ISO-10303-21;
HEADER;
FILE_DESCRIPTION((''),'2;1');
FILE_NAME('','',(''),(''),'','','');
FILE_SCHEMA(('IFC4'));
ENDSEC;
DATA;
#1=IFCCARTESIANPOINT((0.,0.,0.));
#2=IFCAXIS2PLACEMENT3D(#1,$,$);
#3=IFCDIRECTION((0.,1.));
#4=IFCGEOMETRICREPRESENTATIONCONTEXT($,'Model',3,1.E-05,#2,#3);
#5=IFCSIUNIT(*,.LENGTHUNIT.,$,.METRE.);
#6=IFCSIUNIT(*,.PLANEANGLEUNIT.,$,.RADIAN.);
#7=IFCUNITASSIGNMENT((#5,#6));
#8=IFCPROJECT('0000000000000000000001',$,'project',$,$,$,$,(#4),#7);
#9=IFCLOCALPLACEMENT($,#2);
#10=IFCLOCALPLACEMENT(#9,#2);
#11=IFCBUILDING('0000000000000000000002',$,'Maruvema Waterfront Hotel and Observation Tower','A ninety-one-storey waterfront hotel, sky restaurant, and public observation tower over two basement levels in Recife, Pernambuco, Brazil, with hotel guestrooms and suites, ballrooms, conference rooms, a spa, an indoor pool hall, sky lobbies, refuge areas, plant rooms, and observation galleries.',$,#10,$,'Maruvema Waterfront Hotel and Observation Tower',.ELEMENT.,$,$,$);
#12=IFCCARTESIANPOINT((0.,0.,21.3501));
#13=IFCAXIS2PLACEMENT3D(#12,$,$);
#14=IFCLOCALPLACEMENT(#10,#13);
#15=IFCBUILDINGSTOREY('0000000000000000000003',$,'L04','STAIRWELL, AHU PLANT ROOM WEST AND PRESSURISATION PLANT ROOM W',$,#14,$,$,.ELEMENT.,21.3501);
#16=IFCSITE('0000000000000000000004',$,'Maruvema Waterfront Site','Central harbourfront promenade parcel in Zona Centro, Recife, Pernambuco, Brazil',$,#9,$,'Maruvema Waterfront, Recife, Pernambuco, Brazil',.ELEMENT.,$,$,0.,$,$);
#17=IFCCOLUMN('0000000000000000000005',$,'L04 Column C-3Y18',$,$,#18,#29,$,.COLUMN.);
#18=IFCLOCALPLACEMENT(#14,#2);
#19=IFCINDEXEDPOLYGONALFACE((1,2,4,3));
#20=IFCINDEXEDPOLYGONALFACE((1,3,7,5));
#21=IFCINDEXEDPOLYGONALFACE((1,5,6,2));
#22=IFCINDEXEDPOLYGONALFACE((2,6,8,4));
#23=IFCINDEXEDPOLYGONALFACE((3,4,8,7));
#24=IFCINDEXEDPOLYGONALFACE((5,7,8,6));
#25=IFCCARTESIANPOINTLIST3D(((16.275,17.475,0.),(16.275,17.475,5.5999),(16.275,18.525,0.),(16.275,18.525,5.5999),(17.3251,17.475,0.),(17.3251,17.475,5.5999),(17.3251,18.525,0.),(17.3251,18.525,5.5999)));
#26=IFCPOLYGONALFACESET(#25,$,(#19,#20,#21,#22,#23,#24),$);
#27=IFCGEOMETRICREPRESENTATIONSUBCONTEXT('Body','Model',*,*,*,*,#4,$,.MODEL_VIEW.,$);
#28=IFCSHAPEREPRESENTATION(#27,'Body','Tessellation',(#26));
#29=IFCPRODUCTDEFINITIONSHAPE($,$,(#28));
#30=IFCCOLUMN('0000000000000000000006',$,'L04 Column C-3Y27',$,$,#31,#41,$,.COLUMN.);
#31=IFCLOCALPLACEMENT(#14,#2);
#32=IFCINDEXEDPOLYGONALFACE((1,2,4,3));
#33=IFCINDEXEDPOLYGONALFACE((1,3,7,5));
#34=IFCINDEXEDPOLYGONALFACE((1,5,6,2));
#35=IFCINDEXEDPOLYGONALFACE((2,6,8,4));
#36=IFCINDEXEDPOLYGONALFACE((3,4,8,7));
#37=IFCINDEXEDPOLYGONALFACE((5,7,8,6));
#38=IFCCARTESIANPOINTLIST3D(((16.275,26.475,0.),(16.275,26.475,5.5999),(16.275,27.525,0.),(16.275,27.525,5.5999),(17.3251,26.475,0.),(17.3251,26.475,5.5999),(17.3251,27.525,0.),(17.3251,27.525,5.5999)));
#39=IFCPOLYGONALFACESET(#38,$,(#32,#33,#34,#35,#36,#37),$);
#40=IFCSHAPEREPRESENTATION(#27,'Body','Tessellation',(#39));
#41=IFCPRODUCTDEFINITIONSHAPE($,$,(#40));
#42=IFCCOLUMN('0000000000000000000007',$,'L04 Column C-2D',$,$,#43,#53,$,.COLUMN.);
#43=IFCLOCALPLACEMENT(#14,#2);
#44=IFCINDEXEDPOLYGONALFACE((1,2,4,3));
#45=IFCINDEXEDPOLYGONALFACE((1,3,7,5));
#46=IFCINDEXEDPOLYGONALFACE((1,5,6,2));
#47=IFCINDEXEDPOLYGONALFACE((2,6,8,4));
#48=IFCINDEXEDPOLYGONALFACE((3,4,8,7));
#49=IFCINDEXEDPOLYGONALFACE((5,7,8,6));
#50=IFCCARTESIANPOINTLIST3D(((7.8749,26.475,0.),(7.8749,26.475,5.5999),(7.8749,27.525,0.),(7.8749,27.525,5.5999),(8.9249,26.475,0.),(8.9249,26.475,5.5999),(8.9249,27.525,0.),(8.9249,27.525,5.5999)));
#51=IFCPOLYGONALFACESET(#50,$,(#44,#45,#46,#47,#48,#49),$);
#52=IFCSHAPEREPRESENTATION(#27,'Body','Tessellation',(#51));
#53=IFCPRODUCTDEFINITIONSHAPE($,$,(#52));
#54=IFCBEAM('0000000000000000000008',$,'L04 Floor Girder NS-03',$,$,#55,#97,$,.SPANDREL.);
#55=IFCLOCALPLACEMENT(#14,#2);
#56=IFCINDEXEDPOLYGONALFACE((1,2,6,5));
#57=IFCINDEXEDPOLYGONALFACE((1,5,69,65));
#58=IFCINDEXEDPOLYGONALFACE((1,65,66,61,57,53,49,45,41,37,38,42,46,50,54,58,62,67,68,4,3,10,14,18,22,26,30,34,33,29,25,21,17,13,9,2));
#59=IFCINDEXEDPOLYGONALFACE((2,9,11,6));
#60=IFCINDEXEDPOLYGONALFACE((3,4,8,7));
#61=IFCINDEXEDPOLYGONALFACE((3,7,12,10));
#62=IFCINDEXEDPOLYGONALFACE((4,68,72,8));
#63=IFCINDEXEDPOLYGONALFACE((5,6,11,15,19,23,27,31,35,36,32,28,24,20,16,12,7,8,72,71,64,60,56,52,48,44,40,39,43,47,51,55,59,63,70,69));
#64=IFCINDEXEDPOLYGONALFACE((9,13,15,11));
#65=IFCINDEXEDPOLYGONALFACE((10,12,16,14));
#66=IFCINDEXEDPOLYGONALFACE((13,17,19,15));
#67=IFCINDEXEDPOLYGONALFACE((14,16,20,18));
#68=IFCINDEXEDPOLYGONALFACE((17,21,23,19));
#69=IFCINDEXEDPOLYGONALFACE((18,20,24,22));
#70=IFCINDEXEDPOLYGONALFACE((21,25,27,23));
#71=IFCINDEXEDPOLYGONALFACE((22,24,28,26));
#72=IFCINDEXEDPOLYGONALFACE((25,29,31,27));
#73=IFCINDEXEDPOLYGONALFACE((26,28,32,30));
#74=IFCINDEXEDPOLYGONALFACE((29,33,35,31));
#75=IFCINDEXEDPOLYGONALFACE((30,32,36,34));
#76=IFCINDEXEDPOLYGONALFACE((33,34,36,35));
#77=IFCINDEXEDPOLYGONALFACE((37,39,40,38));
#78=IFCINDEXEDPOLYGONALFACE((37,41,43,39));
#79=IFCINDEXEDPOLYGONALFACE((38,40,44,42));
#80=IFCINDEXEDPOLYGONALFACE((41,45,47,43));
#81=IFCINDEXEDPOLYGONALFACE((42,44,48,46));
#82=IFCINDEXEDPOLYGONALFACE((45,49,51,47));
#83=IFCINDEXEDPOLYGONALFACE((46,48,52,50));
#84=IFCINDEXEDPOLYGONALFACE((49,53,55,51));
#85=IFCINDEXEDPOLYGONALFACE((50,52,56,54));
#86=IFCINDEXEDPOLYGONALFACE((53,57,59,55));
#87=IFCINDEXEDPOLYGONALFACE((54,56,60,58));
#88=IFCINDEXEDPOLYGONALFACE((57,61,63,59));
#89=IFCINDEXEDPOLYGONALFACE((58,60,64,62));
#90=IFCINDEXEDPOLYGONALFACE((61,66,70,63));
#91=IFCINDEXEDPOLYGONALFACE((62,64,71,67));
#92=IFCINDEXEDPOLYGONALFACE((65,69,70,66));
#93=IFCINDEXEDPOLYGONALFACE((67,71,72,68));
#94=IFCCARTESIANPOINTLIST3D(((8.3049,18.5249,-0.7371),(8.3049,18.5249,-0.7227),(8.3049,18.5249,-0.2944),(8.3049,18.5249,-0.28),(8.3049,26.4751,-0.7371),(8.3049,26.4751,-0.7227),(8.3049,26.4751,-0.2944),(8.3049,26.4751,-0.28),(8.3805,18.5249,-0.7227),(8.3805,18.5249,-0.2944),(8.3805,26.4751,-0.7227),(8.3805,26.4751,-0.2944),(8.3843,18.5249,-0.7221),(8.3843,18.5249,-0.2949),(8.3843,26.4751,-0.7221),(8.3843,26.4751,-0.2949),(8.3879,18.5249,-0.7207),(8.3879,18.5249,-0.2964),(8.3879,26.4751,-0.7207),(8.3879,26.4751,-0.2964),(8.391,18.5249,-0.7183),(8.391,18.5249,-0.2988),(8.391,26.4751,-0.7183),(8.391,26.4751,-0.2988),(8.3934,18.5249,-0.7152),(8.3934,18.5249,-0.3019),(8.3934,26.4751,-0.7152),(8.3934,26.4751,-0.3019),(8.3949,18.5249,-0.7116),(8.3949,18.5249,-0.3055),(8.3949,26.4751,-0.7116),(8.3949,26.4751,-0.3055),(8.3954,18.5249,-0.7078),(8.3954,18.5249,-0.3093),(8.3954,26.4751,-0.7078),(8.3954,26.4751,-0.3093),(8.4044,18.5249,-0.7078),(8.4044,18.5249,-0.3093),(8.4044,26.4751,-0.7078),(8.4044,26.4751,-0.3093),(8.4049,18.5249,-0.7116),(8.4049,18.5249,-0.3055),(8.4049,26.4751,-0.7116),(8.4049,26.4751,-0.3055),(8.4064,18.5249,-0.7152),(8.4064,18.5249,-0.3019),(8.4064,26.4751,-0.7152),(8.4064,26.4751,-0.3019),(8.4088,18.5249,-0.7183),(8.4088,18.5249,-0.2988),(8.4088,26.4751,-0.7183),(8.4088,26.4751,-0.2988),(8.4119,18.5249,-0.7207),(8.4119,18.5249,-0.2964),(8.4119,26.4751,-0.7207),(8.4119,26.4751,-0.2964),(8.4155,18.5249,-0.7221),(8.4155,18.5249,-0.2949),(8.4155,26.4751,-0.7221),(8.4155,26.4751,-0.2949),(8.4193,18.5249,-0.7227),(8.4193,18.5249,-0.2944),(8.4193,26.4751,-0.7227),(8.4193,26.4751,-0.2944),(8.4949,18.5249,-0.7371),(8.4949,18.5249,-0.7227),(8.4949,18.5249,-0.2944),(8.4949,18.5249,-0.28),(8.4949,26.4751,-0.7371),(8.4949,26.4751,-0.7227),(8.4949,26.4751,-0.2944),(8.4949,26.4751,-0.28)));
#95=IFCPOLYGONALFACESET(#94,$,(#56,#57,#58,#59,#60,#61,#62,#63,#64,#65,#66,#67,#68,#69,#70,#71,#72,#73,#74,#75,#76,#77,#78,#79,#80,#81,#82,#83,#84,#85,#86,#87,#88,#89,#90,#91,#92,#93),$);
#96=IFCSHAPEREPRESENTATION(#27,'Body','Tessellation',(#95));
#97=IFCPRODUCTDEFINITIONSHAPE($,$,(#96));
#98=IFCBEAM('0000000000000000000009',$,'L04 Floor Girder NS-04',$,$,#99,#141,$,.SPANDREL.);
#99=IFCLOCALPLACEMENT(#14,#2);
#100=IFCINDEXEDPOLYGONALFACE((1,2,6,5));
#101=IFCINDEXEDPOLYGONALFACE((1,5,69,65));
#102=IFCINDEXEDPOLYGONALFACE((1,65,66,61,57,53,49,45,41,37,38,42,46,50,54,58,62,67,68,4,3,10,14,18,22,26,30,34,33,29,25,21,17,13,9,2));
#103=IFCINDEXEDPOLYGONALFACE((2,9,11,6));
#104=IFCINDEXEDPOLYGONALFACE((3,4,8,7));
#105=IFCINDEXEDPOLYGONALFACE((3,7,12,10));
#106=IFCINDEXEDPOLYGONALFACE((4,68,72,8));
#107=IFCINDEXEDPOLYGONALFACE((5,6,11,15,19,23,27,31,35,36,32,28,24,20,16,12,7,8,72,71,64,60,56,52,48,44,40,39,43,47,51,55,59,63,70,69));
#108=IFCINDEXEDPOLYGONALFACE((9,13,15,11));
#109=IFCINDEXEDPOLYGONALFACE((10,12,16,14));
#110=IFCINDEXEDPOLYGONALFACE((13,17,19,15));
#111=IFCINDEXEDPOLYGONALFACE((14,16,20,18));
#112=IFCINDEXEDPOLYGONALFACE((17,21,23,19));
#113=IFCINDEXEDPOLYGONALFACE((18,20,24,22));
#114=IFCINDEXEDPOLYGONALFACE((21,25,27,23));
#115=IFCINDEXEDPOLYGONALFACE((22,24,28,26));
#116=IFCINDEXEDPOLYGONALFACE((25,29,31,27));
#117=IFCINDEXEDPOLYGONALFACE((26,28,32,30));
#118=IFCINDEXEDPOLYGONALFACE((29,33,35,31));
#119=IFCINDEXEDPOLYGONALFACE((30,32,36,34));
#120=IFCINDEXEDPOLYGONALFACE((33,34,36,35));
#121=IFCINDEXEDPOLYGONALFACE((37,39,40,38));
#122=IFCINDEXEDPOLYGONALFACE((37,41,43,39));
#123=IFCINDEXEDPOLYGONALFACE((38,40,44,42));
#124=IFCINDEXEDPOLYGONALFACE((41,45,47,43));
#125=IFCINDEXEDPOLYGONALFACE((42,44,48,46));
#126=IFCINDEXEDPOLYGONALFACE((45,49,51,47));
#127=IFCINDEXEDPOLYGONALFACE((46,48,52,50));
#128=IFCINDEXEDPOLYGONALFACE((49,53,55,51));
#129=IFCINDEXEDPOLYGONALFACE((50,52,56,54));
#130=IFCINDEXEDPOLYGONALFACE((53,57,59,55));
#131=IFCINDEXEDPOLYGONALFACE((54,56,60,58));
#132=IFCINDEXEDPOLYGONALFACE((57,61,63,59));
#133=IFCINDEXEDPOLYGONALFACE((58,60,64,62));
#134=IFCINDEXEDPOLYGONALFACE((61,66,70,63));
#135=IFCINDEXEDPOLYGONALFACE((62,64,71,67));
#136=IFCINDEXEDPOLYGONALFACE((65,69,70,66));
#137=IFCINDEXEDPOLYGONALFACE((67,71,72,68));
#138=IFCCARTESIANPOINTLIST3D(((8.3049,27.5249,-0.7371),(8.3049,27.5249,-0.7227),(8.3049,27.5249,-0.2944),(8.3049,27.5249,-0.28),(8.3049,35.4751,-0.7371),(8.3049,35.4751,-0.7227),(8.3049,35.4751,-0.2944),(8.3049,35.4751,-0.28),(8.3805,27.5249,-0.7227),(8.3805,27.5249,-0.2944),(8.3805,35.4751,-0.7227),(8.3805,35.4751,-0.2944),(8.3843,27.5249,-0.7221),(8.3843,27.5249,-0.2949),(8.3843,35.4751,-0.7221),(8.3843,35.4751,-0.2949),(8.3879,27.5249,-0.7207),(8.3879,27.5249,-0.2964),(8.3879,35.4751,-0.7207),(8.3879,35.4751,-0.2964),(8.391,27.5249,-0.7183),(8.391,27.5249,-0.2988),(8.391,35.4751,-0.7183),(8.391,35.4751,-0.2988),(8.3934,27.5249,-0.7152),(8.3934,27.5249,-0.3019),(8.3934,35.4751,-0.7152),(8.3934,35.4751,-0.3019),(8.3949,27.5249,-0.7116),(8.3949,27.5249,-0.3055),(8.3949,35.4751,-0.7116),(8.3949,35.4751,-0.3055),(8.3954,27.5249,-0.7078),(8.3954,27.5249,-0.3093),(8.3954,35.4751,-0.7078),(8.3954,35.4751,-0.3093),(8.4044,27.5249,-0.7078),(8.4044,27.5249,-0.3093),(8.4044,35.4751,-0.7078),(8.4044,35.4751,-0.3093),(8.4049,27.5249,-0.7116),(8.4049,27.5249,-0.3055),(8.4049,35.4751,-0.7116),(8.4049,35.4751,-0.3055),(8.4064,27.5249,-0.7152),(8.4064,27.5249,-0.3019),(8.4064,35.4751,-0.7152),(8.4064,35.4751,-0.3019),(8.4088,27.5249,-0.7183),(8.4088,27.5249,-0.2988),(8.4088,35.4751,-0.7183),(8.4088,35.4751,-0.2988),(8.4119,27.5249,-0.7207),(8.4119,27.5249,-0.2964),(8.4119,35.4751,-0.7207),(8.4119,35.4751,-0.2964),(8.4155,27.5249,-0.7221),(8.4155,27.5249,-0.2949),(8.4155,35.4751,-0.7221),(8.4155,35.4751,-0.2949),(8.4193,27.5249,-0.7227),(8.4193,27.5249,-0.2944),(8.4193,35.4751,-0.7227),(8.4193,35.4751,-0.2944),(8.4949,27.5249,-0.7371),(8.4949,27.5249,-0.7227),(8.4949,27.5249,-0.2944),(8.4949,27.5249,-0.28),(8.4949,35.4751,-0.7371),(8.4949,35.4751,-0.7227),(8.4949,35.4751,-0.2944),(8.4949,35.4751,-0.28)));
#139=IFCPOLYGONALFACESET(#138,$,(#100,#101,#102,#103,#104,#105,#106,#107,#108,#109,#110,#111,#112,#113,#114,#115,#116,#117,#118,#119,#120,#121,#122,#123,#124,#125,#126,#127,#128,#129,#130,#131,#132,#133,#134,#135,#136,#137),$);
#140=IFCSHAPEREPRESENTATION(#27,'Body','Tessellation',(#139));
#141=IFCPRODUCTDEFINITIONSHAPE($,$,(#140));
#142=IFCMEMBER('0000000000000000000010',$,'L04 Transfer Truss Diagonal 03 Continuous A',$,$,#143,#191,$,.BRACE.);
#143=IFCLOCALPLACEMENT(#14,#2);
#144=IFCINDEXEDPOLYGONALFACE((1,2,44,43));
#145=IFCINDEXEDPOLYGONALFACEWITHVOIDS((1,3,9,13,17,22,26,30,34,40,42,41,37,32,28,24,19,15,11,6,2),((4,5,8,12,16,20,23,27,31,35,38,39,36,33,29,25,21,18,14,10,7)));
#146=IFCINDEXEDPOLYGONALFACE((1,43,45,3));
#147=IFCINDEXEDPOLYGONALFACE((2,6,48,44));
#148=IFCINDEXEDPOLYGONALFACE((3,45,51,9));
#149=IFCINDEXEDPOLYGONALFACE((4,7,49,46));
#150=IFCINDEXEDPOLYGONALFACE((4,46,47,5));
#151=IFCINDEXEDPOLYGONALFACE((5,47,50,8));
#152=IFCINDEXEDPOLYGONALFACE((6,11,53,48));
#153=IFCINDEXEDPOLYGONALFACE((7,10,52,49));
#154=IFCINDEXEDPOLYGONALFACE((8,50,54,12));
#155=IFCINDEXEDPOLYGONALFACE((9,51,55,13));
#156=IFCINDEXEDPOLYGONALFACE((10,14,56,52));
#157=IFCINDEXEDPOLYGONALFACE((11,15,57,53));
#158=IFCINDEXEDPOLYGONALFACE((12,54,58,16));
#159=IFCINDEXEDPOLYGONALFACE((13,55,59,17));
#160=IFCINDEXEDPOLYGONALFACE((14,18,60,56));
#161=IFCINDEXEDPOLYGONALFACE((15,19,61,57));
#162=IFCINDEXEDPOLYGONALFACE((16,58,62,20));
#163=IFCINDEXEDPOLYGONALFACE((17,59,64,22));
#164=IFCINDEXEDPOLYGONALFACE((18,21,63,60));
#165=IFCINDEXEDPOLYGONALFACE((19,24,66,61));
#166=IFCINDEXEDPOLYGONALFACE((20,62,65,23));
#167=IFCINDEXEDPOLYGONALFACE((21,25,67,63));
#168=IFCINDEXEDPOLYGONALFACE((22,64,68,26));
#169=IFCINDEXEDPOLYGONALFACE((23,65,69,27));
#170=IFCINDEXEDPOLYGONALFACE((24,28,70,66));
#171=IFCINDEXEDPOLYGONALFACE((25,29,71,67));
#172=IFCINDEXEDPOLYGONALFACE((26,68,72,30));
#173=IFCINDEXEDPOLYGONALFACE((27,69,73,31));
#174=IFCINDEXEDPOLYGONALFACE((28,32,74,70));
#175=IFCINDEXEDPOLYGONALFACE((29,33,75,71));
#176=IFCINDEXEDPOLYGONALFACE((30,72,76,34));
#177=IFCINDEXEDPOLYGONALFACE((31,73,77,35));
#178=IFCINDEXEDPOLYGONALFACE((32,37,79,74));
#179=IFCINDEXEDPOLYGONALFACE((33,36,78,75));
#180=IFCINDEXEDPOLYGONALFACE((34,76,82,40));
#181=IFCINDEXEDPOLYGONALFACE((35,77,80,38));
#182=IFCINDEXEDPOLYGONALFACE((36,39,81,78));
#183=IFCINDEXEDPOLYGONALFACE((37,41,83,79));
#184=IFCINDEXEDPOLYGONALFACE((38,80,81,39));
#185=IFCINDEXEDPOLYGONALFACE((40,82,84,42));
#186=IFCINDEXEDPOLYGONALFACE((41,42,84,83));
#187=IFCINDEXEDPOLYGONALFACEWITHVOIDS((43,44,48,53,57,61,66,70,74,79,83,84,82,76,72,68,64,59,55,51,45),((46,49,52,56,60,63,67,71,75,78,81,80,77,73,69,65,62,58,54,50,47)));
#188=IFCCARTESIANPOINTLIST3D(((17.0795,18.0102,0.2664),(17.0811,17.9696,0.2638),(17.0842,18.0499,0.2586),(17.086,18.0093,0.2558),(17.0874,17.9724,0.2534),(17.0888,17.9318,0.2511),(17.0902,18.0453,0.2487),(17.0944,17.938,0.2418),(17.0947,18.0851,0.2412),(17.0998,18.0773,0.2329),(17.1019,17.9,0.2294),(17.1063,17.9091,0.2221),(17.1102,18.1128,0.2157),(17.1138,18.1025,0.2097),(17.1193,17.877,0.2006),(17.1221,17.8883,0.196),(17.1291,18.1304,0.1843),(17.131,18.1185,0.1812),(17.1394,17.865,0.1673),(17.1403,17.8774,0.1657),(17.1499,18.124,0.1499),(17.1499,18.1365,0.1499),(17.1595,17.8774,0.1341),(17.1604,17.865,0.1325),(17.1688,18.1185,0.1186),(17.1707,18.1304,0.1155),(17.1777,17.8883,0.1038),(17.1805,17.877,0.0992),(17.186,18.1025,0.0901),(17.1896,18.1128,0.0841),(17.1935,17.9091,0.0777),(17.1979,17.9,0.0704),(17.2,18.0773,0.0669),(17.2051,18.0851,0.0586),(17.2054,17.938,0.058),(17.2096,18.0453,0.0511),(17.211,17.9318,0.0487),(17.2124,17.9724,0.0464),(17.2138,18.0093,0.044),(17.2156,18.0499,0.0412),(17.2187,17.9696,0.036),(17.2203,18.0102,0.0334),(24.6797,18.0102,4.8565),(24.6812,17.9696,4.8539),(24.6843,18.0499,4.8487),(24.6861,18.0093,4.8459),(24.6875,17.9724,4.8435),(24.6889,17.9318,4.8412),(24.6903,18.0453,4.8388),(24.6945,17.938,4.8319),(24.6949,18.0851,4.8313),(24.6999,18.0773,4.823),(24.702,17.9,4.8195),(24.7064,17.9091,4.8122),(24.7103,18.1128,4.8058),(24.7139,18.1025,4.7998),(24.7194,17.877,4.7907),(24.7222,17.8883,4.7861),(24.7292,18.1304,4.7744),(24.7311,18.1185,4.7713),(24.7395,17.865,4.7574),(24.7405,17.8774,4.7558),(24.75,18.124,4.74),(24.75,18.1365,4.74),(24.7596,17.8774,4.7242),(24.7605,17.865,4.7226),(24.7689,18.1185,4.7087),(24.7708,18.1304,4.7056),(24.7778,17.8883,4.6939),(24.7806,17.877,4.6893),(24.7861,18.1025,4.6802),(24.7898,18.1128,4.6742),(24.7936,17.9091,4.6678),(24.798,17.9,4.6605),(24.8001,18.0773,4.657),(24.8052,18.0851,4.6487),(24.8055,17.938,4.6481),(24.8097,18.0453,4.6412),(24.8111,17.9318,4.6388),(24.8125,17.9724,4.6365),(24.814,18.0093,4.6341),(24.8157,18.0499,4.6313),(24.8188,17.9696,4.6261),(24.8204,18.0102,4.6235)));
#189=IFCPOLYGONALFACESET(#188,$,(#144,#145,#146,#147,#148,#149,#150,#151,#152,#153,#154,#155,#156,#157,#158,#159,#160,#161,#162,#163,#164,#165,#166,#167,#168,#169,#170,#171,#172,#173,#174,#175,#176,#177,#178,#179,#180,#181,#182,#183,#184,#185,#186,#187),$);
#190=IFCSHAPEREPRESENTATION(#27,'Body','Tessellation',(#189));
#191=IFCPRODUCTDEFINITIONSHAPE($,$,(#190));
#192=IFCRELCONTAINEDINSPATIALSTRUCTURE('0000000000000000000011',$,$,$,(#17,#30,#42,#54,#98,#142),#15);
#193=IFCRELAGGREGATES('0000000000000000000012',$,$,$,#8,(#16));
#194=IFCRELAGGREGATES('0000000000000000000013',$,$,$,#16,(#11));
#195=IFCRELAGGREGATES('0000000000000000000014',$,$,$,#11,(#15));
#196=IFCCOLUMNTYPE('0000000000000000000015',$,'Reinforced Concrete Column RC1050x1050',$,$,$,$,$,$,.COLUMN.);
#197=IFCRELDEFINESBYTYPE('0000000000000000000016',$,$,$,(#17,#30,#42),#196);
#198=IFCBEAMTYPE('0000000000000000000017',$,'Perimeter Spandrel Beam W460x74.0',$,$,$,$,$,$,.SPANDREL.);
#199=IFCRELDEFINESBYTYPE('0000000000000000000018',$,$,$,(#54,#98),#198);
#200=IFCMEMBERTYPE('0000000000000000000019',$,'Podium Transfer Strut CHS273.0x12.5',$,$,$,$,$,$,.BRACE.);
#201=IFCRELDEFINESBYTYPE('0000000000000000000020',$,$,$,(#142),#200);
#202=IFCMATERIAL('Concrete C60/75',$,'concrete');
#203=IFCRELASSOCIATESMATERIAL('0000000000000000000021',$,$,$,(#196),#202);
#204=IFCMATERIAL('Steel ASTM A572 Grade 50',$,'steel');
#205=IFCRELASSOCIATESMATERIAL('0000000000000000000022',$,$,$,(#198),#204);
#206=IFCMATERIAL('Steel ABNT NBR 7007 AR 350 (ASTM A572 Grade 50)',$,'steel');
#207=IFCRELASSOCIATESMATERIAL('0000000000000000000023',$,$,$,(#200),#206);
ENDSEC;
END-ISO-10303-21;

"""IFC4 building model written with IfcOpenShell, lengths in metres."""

from ifc_helpers import new_model, si_unit, direction, frame, origin, origin_2d, place, context, subcontext, project, spatial, rectangle, hollow_circle, i_section, extrude, material, material_profile, profile_set, type_object, element, save


model = new_model("IFC4")

# Units and contexts
model_context = context("Model", 3, precision=1e-05, world=origin(), true_north=direction((0.0, 1.0)))
body_context = subcontext(model_context, "Body", "Model", "MODEL_VIEW")
ifc_project = project(units=[si_unit("LENGTHUNIT", "METRE"), si_unit("PLANEANGLEUNIT", "RADIAN")], contexts=[model_context])

# Site, building, storey
site_placement = place(None, origin())
site = spatial("IfcSite", under=ifc_project, at=site_placement, Name="Maruvema Waterfront Site", Description="Central harbourfront promenade parcel in Zona Centro, Recife, Pernambuco, Brazil", LongName="Maruvema Waterfront, Recife, Pernambuco, Brazil", CompositionType="ELEMENT", RefElevation=0.0)
building_placement = place(site_placement, origin())
building = spatial("IfcBuilding", under=site, at=building_placement, Name="Maruvema Waterfront Hotel and Observation Tower", Description="A ninety-one-storey waterfront hotel, sky restaurant, and public observation tower over two basement levels in Recife, Pernambuco, Brazil, with hotel guestrooms and suites, ballrooms, conference rooms, a spa, an indoor pool hall, sky lobbies, refuge areas, plant rooms, and observation galleries.", LongName="Maruvema Waterfront Hotel and Observation Tower", CompositionType="ELEMENT")
storey_placement = place(building_placement, frame((0.0, 0.0, 21.3501)))
storey = spatial("IfcBuildingStorey", under=building, at=storey_placement, Name="L04", Description="STAIRWELL, AHU PLANT ROOM WEST AND PRESSURISATION PLANT ROOM W", CompositionType="ELEMENT", Elevation=21.3501)

# Columns
ifc_material_1 = material(Name="Concrete C60/75", Category="concrete")
ifc_material_profile_1 = material_profile(ifc_material_1, rectangle(XDim=1.05, YDim=1.05, at=origin_2d()), Name="RC1050x1050")
ifc_profile_set_1 = profile_set([ifc_material_profile_1], Name="Concrete C60/75")
column_type = type_object("IfcColumnType", Name="Reinforced Concrete Column RC1050x1050", PredefinedType="COLUMN", material=ifc_profile_set_1)
for number, where, z_axis, x_axis, name in (
    (1, (16.8, 18.0, 0.0), (0.0, 0.0, 1.0), (1.0, 0.0, 0.0), "L04 Column C-3Y18"),
    (2, (16.8, 27.0, 0.0), (0.0, 0.0, 1.0), (1.0, 0.0, 0.0), "L04 Column C-3Y27"),
    (3, (8.3999, 27.0, 0.0), (0.0, 0.0, 1.0), (1.0, 0.0, 0.0), "L04 Column C-2D"),
):
    element("IfcColumn", number, at=place(storey_placement, frame(where, z_axis=z_axis, x_axis=x_axis)), inside=storey, type_object=column_type, Name=name, PredefinedType="COLUMN", context=body_context, shape_type="SweptSolid", body=[
        extrude(rectangle(XDim=1.05, YDim=1.05, at=origin_2d()), origin(), (0.0, 0.0, 1.0), 5.5999),
    ])

# Beams
ifc_material_2 = material(Name="Steel ASTM A572 Grade 50", Category="steel")
ifc_material_profile_2 = material_profile(ifc_material_2, i_section(OverallWidth=0.1899, OverallDepth=0.457, WebThickness=0.009, FlangeThickness=0.0144, FilletRadius=0.0149, at=origin_2d()), Name="W460x74.0")
ifc_profile_set_2 = profile_set([ifc_material_profile_2], Name="Steel ASTM A572 Grade 50")
beam_type_1 = type_object("IfcBeamType", Name="Perimeter Spandrel Beam W460x74.0", PredefinedType="SPANDREL", material=ifc_profile_set_2)
for number, where, z_axis, x_axis, name in (
    (4, (8.3999, 18.5249, -0.5085), (0.0, 1.0, 0.0), (-1.0, 0.0, 0.0), "L04 Floor Girder NS-03"),
    (5, (8.3999, 27.5249, -0.5085), (0.0, 1.0, 0.0), (-1.0, 0.0, 0.0), "L04 Floor Girder NS-04"),
):
    element("IfcBeam", number, at=place(storey_placement, frame(where, z_axis=z_axis, x_axis=x_axis)), inside=storey, type_object=beam_type_1, Name=name, PredefinedType="SPANDREL", context=body_context, shape_type="SweptSolid", body=[
        extrude(i_section(OverallWidth=0.1899, OverallDepth=0.457, WebThickness=0.009, FlangeThickness=0.0144, FilletRadius=0.0149, at=origin_2d()), origin(), (0.0, 0.0, 1.0), 7.9502),
    ])

# Member
ifc_material_3 = material(Name="Steel ABNT NBR 7007 AR 350 (ASTM A572 Grade 50)", Category="steel")
ifc_material_profile_3 = material_profile(ifc_material_3, hollow_circle(Radius=0.1365, WallThickness=0.0125, at=origin_2d()), Name="CHS273.0x12.5")
ifc_profile_set_3 = profile_set([ifc_material_profile_3], Name="Steel ABNT NBR 7007 AR 350 (ASTM A572 Grade 50)")
member_type = type_object("IfcMemberType", Name="Podium Transfer Strut CHS273.0x12.5", PredefinedType="BRACE", material=ifc_profile_set_3)
for number, where, z_axis, x_axis, name in (
    (6, (17.1499, 18.0, 0.1499), (0.855997, 0.0, 0.51698), (0.0, 1.0, 0.0), "L04 Transfer Truss Diagonal 03 Continuous A"),
):
    element("IfcMember", number, at=place(storey_placement, frame(where, z_axis=z_axis, x_axis=x_axis)), inside=storey, type_object=member_type, Name=name, PredefinedType="BRACE", context=body_context, shape_type="SweptSolid", body=[
        extrude(hollow_circle(Radius=0.1365, WallThickness=0.0125, at=origin_2d()), origin(), (0.0, 0.0, 1.0), 8.8787),
    ])

save(model, "model.ifc")
